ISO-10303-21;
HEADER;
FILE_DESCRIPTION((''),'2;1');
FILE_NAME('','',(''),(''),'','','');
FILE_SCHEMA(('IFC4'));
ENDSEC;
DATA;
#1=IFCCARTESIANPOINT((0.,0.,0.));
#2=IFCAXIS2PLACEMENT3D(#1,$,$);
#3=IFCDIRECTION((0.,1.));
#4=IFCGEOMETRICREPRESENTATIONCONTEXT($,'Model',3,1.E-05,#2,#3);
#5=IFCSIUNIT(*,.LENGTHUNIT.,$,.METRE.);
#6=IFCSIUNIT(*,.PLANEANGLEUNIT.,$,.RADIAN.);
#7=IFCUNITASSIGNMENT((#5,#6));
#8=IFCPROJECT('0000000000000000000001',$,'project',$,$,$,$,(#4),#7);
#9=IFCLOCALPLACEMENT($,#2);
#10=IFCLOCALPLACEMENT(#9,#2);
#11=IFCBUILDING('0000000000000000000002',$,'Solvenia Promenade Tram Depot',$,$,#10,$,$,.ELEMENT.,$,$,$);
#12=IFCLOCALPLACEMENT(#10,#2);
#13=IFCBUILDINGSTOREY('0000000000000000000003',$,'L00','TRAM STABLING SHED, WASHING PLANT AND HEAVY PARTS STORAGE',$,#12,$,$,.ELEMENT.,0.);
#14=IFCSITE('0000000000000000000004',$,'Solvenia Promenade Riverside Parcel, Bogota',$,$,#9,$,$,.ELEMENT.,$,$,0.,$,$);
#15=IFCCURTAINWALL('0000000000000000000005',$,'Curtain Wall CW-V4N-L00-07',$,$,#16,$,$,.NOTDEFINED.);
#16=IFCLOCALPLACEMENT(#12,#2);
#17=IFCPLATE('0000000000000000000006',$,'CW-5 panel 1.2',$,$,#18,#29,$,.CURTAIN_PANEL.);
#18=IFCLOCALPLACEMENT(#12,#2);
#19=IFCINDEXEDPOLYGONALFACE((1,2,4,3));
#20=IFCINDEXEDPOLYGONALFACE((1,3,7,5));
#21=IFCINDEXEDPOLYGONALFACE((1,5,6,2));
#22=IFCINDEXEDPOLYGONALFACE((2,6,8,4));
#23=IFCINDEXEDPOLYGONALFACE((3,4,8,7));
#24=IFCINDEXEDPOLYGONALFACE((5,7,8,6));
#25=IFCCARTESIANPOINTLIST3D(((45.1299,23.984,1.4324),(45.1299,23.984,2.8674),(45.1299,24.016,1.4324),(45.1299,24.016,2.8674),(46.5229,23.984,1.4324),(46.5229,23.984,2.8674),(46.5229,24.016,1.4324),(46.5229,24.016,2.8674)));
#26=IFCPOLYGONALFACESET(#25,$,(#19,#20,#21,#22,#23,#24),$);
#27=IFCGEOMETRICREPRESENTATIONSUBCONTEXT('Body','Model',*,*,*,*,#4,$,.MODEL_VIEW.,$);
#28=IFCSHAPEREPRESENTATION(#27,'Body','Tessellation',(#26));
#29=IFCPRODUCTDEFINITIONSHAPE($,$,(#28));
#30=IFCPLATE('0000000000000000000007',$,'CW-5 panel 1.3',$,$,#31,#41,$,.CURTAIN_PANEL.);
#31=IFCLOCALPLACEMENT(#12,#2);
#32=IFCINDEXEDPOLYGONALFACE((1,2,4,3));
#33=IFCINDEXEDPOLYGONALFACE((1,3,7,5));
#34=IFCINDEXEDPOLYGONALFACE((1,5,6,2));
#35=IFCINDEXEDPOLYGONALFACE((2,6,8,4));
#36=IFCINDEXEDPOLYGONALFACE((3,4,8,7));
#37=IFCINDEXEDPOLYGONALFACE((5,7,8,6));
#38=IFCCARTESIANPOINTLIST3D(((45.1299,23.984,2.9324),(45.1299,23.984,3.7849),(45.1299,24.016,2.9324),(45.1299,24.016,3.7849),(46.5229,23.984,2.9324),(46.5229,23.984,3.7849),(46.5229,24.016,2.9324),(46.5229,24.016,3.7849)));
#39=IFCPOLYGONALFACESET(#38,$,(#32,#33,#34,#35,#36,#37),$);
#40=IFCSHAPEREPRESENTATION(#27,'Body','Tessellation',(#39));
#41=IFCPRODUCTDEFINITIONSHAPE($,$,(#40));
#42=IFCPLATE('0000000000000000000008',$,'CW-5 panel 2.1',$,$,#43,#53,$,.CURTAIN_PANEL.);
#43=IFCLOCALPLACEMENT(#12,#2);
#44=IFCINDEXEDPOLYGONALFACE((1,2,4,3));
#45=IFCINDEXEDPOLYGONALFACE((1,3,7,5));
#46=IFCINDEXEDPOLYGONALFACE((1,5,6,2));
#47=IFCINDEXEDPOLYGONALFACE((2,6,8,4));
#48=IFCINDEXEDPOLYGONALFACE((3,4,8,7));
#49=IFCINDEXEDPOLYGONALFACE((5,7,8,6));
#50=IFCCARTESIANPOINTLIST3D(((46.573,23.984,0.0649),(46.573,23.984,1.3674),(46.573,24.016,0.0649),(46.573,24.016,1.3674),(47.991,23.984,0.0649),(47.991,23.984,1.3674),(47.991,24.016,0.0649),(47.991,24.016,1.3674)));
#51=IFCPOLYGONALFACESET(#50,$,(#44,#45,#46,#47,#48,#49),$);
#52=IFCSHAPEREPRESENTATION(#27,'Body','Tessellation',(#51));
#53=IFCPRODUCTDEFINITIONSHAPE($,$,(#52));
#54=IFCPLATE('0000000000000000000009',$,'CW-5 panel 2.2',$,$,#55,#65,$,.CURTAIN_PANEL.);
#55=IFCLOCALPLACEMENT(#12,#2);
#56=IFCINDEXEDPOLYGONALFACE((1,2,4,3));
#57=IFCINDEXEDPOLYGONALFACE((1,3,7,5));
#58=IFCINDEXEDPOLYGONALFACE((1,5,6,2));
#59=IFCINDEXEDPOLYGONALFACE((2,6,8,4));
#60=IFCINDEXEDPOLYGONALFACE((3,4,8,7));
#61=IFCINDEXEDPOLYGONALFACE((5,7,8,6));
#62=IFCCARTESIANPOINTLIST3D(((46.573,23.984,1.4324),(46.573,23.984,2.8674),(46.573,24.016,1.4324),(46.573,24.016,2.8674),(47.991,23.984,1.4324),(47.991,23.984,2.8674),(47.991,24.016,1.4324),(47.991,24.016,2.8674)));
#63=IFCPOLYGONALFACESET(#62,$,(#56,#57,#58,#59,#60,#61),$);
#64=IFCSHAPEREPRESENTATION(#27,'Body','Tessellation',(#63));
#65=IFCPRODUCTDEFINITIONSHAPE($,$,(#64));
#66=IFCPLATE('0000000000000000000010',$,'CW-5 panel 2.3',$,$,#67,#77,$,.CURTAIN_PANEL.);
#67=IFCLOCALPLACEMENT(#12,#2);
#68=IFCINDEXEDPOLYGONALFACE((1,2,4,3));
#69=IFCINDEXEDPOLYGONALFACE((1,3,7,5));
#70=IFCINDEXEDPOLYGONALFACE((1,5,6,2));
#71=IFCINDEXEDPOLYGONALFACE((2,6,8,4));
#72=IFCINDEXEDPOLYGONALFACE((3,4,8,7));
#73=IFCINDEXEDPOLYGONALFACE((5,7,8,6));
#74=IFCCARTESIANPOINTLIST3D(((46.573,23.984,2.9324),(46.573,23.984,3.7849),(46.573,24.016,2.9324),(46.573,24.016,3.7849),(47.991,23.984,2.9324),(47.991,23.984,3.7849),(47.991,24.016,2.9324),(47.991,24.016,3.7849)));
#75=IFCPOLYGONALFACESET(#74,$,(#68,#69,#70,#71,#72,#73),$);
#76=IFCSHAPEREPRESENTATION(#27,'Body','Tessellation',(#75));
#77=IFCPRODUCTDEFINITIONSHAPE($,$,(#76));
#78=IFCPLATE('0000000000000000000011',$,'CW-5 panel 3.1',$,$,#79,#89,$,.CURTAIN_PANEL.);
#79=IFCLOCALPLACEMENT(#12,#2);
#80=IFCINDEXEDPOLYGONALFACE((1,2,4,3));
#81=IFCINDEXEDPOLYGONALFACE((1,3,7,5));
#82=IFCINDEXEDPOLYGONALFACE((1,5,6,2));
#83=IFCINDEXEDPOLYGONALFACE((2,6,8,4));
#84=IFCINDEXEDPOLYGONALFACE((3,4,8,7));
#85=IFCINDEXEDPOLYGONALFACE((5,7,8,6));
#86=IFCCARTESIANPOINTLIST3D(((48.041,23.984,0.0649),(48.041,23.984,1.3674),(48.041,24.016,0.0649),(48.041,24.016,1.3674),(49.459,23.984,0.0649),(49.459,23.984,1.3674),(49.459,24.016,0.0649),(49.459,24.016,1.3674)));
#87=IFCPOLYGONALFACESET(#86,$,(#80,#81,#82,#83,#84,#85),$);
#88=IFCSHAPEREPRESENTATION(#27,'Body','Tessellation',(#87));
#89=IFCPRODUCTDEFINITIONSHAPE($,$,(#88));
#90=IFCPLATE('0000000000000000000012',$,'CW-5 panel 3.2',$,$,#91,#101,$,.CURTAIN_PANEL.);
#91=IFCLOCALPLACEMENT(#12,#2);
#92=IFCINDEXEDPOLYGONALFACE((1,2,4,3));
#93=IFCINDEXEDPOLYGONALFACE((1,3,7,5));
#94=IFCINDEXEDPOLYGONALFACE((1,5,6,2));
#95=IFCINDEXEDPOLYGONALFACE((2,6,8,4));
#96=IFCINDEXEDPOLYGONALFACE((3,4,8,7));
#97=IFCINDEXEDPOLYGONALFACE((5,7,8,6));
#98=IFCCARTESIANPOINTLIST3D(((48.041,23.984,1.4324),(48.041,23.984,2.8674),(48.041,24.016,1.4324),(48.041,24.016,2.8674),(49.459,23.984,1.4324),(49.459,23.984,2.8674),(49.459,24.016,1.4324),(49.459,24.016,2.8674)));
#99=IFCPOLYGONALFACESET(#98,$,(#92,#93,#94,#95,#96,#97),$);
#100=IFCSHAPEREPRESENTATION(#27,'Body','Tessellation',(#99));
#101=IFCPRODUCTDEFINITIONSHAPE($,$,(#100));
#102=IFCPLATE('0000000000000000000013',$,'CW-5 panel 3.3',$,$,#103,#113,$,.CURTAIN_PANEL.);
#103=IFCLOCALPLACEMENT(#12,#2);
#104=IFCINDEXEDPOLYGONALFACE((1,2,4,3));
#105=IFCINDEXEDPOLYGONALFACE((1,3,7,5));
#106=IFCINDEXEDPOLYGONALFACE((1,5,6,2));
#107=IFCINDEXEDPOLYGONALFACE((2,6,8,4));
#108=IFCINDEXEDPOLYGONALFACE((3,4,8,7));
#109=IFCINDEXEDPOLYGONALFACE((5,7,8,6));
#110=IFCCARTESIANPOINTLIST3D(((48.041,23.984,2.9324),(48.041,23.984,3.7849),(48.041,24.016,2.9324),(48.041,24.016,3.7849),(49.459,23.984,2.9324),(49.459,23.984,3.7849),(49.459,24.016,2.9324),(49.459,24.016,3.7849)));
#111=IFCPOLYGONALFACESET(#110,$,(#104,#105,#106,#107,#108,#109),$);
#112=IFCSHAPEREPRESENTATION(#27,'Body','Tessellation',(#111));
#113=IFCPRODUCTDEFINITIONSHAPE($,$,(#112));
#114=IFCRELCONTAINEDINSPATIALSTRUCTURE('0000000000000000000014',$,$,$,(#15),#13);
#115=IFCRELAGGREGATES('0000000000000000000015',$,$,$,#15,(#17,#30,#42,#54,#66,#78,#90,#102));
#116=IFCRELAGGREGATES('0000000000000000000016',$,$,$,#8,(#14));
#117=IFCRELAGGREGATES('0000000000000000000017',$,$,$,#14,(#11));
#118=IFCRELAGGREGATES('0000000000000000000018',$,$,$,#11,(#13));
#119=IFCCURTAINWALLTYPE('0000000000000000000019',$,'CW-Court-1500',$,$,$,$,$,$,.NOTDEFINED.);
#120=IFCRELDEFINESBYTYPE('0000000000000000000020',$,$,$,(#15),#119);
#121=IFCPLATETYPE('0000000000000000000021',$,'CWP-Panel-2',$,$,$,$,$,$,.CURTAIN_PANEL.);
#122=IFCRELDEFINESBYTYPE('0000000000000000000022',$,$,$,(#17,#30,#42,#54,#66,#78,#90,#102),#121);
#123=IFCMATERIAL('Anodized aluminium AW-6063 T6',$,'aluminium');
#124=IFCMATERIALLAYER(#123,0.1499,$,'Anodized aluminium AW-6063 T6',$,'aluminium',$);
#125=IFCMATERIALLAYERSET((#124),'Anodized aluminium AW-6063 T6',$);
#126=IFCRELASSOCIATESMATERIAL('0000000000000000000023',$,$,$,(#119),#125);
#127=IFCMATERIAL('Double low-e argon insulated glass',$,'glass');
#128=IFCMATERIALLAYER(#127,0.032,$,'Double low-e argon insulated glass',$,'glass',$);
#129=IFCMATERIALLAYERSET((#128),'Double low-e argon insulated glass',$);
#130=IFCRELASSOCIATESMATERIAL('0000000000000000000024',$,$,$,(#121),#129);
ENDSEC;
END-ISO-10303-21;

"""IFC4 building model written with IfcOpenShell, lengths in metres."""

from ifc_helpers import new_model, si_unit, direction, frame, origin, origin_2d, place, context, subcontext, project, spatial, rectangle, extrude, material, layer, layer_set, type_object, element, aggregate, save


model = new_model("IFC4")

# Units and contexts
model_context = context("Model", 3, precision=1e-05, world=origin(), true_north=direction((0.0, 1.0)))
body_context = subcontext(model_context, "Body", "Model", "MODEL_VIEW")
ifc_project = project(units=[si_unit("LENGTHUNIT", "METRE"), si_unit("PLANEANGLEUNIT", "RADIAN")], contexts=[model_context])

# Site, building, storey
site_placement = place(None, origin())
site = spatial("IfcSite", under=ifc_project, at=site_placement, Name="Solvenia Promenade Riverside Parcel, Bogota", CompositionType="ELEMENT", RefElevation=0.0)
building_placement = place(site_placement, origin())
building = spatial("IfcBuilding", under=site, at=building_placement, Name="Solvenia Promenade Tram Depot", CompositionType="ELEMENT")
storey_placement = place(building_placement, origin())
storey = spatial("IfcBuildingStorey", under=building, at=storey_placement, Name="L00", Description="TRAM STABLING SHED, WASHING PLANT AND HEAVY PARTS STORAGE", CompositionType="ELEMENT", Elevation=0.0)

# Curtain wall, plates
ifc_material_1 = material(Name="Anodized aluminium AW-6063 T6", Category="aluminium")
ifc_layer_1 = layer(ifc_material_1, 0.1499, Name="Anodized aluminium AW-6063 T6", Category="aluminium")
ifc_layer_set_1 = layer_set([ifc_layer_1], Name="Anodized aluminium AW-6063 T6")
curtain_wall_type = type_object("IfcCurtainWallType", Name="CW-Court-1500", PredefinedType="NOTDEFINED", material=ifc_layer_set_1)
curtain_wall_placement = place(storey_placement, origin())
curtain_wall = element("IfcCurtainWall", 1, at=curtain_wall_placement, inside=storey, type_object=curtain_wall_type, Name="Curtain Wall CW-V4N-L00-07", PredefinedType="NOTDEFINED")
ifc_material_2 = material(Name="Double low-e argon insulated glass", Category="glass")
ifc_layer_2 = layer(ifc_material_2, 0.032, Name="Double low-e argon insulated glass", Category="glass")
ifc_layer_set_2 = layer_set([ifc_layer_2], Name="Double low-e argon insulated glass")
plate_type = type_object("IfcPlateType", Name="CWP-Panel-2", PredefinedType="CURTAIN_PANEL", material=ifc_layer_set_2)
plate_1_placement = place(storey_placement, frame((45.8264, 24.0, 1.4324), z_axis=(0.0, 0.0, 1.0), x_axis=(1.0, 0.0, 0.0)))
plate_1 = element("IfcPlate", 2, at=plate_1_placement, type_object=plate_type, Name="CW-5 panel 1.2", PredefinedType="CURTAIN_PANEL", context=body_context, shape_type="SweptSolid", body=[
    extrude(rectangle(XDim=1.3931, YDim=0.032, at=origin_2d()), origin(), (0.0, 0.0, 1.0), 1.4351),
])
plate_2_placement = place(storey_placement, frame((45.8264, 24.0, 2.9324), z_axis=(0.0, 0.0, 1.0), x_axis=(1.0, 0.0, 0.0)))
plate_2 = element("IfcPlate", 3, at=plate_2_placement, type_object=plate_type, Name="CW-5 panel 1.3", PredefinedType="CURTAIN_PANEL", context=body_context, shape_type="SweptSolid", body=[
    extrude(rectangle(XDim=1.3931, YDim=0.032, at=origin_2d()), origin(), (0.0, 0.0, 1.0), 0.8525),
])
plate_3_placement = place(storey_placement, frame((47.282, 24.0, 0.0649), z_axis=(0.0, 0.0, 1.0), x_axis=(1.0, 0.0, 0.0)))
plate_3 = element("IfcPlate", 4, at=plate_3_placement, type_object=plate_type, Name="CW-5 panel 2.1", PredefinedType="CURTAIN_PANEL", context=body_context, shape_type="SweptSolid", body=[
    extrude(rectangle(XDim=1.418, YDim=0.032, at=origin_2d()), origin(), (0.0, 0.0, 1.0), 1.3025),
])
plate_4_placement = place(storey_placement, frame((47.282, 24.0, 1.4324), z_axis=(0.0, 0.0, 1.0), x_axis=(1.0, 0.0, 0.0)))
plate_4 = element("IfcPlate", 5, at=plate_4_placement, type_object=plate_type, Name="CW-5 panel 2.2", PredefinedType="CURTAIN_PANEL", context=body_context, shape_type="SweptSolid", body=[
    extrude(rectangle(XDim=1.418, YDim=0.032, at=origin_2d()), origin(), (0.0, 0.0, 1.0), 1.4351),
])
plate_5_placement = place(storey_placement, frame((47.282, 24.0, 2.9324), z_axis=(0.0, 0.0, 1.0), x_axis=(1.0, 0.0, 0.0)))
plate_5 = element("IfcPlate", 6, at=plate_5_placement, type_object=plate_type, Name="CW-5 panel 2.3", PredefinedType="CURTAIN_PANEL", context=body_context, shape_type="SweptSolid", body=[
    extrude(rectangle(XDim=1.418, YDim=0.032, at=origin_2d()), origin(), (0.0, 0.0, 1.0), 0.8525),
])
plate_6_placement = place(storey_placement, frame((48.75, 24.0, 0.0649), z_axis=(0.0, 0.0, 1.0), x_axis=(1.0, 0.0, 0.0)))
plate_6 = element("IfcPlate", 7, at=plate_6_placement, type_object=plate_type, Name="CW-5 panel 3.1", PredefinedType="CURTAIN_PANEL", context=body_context, shape_type="SweptSolid", body=[
    extrude(rectangle(XDim=1.418, YDim=0.032, at=origin_2d()), origin(), (0.0, 0.0, 1.0), 1.3025),
])
plate_7_placement = place(storey_placement, frame((48.75, 24.0, 1.4324), z_axis=(0.0, 0.0, 1.0), x_axis=(1.0, 0.0, 0.0)))
plate_7 = element("IfcPlate", 8, at=plate_7_placement, type_object=plate_type, Name="CW-5 panel 3.2", PredefinedType="CURTAIN_PANEL", context=body_context, shape_type="SweptSolid", body=[
    extrude(rectangle(XDim=1.418, YDim=0.032, at=origin_2d()), origin(), (0.0, 0.0, 1.0), 1.4351),
])
plate_8_placement = place(storey_placement, frame((48.75, 24.0, 2.9324), z_axis=(0.0, 0.0, 1.0), x_axis=(1.0, 0.0, 0.0)))
plate_8 = element("IfcPlate", 9, at=plate_8_placement, type_object=plate_type, Name="CW-5 panel 3.3", PredefinedType="CURTAIN_PANEL", context=body_context, shape_type="SweptSolid", body=[
    extrude(rectangle(XDim=1.418, YDim=0.032, at=origin_2d()), origin(), (0.0, 0.0, 1.0), 0.8525),
])
aggregate(curtain_wall, [plate_1, plate_2, plate_3, plate_4, plate_5, plate_6, plate_7, plate_8])

save(model, "model.ifc")
